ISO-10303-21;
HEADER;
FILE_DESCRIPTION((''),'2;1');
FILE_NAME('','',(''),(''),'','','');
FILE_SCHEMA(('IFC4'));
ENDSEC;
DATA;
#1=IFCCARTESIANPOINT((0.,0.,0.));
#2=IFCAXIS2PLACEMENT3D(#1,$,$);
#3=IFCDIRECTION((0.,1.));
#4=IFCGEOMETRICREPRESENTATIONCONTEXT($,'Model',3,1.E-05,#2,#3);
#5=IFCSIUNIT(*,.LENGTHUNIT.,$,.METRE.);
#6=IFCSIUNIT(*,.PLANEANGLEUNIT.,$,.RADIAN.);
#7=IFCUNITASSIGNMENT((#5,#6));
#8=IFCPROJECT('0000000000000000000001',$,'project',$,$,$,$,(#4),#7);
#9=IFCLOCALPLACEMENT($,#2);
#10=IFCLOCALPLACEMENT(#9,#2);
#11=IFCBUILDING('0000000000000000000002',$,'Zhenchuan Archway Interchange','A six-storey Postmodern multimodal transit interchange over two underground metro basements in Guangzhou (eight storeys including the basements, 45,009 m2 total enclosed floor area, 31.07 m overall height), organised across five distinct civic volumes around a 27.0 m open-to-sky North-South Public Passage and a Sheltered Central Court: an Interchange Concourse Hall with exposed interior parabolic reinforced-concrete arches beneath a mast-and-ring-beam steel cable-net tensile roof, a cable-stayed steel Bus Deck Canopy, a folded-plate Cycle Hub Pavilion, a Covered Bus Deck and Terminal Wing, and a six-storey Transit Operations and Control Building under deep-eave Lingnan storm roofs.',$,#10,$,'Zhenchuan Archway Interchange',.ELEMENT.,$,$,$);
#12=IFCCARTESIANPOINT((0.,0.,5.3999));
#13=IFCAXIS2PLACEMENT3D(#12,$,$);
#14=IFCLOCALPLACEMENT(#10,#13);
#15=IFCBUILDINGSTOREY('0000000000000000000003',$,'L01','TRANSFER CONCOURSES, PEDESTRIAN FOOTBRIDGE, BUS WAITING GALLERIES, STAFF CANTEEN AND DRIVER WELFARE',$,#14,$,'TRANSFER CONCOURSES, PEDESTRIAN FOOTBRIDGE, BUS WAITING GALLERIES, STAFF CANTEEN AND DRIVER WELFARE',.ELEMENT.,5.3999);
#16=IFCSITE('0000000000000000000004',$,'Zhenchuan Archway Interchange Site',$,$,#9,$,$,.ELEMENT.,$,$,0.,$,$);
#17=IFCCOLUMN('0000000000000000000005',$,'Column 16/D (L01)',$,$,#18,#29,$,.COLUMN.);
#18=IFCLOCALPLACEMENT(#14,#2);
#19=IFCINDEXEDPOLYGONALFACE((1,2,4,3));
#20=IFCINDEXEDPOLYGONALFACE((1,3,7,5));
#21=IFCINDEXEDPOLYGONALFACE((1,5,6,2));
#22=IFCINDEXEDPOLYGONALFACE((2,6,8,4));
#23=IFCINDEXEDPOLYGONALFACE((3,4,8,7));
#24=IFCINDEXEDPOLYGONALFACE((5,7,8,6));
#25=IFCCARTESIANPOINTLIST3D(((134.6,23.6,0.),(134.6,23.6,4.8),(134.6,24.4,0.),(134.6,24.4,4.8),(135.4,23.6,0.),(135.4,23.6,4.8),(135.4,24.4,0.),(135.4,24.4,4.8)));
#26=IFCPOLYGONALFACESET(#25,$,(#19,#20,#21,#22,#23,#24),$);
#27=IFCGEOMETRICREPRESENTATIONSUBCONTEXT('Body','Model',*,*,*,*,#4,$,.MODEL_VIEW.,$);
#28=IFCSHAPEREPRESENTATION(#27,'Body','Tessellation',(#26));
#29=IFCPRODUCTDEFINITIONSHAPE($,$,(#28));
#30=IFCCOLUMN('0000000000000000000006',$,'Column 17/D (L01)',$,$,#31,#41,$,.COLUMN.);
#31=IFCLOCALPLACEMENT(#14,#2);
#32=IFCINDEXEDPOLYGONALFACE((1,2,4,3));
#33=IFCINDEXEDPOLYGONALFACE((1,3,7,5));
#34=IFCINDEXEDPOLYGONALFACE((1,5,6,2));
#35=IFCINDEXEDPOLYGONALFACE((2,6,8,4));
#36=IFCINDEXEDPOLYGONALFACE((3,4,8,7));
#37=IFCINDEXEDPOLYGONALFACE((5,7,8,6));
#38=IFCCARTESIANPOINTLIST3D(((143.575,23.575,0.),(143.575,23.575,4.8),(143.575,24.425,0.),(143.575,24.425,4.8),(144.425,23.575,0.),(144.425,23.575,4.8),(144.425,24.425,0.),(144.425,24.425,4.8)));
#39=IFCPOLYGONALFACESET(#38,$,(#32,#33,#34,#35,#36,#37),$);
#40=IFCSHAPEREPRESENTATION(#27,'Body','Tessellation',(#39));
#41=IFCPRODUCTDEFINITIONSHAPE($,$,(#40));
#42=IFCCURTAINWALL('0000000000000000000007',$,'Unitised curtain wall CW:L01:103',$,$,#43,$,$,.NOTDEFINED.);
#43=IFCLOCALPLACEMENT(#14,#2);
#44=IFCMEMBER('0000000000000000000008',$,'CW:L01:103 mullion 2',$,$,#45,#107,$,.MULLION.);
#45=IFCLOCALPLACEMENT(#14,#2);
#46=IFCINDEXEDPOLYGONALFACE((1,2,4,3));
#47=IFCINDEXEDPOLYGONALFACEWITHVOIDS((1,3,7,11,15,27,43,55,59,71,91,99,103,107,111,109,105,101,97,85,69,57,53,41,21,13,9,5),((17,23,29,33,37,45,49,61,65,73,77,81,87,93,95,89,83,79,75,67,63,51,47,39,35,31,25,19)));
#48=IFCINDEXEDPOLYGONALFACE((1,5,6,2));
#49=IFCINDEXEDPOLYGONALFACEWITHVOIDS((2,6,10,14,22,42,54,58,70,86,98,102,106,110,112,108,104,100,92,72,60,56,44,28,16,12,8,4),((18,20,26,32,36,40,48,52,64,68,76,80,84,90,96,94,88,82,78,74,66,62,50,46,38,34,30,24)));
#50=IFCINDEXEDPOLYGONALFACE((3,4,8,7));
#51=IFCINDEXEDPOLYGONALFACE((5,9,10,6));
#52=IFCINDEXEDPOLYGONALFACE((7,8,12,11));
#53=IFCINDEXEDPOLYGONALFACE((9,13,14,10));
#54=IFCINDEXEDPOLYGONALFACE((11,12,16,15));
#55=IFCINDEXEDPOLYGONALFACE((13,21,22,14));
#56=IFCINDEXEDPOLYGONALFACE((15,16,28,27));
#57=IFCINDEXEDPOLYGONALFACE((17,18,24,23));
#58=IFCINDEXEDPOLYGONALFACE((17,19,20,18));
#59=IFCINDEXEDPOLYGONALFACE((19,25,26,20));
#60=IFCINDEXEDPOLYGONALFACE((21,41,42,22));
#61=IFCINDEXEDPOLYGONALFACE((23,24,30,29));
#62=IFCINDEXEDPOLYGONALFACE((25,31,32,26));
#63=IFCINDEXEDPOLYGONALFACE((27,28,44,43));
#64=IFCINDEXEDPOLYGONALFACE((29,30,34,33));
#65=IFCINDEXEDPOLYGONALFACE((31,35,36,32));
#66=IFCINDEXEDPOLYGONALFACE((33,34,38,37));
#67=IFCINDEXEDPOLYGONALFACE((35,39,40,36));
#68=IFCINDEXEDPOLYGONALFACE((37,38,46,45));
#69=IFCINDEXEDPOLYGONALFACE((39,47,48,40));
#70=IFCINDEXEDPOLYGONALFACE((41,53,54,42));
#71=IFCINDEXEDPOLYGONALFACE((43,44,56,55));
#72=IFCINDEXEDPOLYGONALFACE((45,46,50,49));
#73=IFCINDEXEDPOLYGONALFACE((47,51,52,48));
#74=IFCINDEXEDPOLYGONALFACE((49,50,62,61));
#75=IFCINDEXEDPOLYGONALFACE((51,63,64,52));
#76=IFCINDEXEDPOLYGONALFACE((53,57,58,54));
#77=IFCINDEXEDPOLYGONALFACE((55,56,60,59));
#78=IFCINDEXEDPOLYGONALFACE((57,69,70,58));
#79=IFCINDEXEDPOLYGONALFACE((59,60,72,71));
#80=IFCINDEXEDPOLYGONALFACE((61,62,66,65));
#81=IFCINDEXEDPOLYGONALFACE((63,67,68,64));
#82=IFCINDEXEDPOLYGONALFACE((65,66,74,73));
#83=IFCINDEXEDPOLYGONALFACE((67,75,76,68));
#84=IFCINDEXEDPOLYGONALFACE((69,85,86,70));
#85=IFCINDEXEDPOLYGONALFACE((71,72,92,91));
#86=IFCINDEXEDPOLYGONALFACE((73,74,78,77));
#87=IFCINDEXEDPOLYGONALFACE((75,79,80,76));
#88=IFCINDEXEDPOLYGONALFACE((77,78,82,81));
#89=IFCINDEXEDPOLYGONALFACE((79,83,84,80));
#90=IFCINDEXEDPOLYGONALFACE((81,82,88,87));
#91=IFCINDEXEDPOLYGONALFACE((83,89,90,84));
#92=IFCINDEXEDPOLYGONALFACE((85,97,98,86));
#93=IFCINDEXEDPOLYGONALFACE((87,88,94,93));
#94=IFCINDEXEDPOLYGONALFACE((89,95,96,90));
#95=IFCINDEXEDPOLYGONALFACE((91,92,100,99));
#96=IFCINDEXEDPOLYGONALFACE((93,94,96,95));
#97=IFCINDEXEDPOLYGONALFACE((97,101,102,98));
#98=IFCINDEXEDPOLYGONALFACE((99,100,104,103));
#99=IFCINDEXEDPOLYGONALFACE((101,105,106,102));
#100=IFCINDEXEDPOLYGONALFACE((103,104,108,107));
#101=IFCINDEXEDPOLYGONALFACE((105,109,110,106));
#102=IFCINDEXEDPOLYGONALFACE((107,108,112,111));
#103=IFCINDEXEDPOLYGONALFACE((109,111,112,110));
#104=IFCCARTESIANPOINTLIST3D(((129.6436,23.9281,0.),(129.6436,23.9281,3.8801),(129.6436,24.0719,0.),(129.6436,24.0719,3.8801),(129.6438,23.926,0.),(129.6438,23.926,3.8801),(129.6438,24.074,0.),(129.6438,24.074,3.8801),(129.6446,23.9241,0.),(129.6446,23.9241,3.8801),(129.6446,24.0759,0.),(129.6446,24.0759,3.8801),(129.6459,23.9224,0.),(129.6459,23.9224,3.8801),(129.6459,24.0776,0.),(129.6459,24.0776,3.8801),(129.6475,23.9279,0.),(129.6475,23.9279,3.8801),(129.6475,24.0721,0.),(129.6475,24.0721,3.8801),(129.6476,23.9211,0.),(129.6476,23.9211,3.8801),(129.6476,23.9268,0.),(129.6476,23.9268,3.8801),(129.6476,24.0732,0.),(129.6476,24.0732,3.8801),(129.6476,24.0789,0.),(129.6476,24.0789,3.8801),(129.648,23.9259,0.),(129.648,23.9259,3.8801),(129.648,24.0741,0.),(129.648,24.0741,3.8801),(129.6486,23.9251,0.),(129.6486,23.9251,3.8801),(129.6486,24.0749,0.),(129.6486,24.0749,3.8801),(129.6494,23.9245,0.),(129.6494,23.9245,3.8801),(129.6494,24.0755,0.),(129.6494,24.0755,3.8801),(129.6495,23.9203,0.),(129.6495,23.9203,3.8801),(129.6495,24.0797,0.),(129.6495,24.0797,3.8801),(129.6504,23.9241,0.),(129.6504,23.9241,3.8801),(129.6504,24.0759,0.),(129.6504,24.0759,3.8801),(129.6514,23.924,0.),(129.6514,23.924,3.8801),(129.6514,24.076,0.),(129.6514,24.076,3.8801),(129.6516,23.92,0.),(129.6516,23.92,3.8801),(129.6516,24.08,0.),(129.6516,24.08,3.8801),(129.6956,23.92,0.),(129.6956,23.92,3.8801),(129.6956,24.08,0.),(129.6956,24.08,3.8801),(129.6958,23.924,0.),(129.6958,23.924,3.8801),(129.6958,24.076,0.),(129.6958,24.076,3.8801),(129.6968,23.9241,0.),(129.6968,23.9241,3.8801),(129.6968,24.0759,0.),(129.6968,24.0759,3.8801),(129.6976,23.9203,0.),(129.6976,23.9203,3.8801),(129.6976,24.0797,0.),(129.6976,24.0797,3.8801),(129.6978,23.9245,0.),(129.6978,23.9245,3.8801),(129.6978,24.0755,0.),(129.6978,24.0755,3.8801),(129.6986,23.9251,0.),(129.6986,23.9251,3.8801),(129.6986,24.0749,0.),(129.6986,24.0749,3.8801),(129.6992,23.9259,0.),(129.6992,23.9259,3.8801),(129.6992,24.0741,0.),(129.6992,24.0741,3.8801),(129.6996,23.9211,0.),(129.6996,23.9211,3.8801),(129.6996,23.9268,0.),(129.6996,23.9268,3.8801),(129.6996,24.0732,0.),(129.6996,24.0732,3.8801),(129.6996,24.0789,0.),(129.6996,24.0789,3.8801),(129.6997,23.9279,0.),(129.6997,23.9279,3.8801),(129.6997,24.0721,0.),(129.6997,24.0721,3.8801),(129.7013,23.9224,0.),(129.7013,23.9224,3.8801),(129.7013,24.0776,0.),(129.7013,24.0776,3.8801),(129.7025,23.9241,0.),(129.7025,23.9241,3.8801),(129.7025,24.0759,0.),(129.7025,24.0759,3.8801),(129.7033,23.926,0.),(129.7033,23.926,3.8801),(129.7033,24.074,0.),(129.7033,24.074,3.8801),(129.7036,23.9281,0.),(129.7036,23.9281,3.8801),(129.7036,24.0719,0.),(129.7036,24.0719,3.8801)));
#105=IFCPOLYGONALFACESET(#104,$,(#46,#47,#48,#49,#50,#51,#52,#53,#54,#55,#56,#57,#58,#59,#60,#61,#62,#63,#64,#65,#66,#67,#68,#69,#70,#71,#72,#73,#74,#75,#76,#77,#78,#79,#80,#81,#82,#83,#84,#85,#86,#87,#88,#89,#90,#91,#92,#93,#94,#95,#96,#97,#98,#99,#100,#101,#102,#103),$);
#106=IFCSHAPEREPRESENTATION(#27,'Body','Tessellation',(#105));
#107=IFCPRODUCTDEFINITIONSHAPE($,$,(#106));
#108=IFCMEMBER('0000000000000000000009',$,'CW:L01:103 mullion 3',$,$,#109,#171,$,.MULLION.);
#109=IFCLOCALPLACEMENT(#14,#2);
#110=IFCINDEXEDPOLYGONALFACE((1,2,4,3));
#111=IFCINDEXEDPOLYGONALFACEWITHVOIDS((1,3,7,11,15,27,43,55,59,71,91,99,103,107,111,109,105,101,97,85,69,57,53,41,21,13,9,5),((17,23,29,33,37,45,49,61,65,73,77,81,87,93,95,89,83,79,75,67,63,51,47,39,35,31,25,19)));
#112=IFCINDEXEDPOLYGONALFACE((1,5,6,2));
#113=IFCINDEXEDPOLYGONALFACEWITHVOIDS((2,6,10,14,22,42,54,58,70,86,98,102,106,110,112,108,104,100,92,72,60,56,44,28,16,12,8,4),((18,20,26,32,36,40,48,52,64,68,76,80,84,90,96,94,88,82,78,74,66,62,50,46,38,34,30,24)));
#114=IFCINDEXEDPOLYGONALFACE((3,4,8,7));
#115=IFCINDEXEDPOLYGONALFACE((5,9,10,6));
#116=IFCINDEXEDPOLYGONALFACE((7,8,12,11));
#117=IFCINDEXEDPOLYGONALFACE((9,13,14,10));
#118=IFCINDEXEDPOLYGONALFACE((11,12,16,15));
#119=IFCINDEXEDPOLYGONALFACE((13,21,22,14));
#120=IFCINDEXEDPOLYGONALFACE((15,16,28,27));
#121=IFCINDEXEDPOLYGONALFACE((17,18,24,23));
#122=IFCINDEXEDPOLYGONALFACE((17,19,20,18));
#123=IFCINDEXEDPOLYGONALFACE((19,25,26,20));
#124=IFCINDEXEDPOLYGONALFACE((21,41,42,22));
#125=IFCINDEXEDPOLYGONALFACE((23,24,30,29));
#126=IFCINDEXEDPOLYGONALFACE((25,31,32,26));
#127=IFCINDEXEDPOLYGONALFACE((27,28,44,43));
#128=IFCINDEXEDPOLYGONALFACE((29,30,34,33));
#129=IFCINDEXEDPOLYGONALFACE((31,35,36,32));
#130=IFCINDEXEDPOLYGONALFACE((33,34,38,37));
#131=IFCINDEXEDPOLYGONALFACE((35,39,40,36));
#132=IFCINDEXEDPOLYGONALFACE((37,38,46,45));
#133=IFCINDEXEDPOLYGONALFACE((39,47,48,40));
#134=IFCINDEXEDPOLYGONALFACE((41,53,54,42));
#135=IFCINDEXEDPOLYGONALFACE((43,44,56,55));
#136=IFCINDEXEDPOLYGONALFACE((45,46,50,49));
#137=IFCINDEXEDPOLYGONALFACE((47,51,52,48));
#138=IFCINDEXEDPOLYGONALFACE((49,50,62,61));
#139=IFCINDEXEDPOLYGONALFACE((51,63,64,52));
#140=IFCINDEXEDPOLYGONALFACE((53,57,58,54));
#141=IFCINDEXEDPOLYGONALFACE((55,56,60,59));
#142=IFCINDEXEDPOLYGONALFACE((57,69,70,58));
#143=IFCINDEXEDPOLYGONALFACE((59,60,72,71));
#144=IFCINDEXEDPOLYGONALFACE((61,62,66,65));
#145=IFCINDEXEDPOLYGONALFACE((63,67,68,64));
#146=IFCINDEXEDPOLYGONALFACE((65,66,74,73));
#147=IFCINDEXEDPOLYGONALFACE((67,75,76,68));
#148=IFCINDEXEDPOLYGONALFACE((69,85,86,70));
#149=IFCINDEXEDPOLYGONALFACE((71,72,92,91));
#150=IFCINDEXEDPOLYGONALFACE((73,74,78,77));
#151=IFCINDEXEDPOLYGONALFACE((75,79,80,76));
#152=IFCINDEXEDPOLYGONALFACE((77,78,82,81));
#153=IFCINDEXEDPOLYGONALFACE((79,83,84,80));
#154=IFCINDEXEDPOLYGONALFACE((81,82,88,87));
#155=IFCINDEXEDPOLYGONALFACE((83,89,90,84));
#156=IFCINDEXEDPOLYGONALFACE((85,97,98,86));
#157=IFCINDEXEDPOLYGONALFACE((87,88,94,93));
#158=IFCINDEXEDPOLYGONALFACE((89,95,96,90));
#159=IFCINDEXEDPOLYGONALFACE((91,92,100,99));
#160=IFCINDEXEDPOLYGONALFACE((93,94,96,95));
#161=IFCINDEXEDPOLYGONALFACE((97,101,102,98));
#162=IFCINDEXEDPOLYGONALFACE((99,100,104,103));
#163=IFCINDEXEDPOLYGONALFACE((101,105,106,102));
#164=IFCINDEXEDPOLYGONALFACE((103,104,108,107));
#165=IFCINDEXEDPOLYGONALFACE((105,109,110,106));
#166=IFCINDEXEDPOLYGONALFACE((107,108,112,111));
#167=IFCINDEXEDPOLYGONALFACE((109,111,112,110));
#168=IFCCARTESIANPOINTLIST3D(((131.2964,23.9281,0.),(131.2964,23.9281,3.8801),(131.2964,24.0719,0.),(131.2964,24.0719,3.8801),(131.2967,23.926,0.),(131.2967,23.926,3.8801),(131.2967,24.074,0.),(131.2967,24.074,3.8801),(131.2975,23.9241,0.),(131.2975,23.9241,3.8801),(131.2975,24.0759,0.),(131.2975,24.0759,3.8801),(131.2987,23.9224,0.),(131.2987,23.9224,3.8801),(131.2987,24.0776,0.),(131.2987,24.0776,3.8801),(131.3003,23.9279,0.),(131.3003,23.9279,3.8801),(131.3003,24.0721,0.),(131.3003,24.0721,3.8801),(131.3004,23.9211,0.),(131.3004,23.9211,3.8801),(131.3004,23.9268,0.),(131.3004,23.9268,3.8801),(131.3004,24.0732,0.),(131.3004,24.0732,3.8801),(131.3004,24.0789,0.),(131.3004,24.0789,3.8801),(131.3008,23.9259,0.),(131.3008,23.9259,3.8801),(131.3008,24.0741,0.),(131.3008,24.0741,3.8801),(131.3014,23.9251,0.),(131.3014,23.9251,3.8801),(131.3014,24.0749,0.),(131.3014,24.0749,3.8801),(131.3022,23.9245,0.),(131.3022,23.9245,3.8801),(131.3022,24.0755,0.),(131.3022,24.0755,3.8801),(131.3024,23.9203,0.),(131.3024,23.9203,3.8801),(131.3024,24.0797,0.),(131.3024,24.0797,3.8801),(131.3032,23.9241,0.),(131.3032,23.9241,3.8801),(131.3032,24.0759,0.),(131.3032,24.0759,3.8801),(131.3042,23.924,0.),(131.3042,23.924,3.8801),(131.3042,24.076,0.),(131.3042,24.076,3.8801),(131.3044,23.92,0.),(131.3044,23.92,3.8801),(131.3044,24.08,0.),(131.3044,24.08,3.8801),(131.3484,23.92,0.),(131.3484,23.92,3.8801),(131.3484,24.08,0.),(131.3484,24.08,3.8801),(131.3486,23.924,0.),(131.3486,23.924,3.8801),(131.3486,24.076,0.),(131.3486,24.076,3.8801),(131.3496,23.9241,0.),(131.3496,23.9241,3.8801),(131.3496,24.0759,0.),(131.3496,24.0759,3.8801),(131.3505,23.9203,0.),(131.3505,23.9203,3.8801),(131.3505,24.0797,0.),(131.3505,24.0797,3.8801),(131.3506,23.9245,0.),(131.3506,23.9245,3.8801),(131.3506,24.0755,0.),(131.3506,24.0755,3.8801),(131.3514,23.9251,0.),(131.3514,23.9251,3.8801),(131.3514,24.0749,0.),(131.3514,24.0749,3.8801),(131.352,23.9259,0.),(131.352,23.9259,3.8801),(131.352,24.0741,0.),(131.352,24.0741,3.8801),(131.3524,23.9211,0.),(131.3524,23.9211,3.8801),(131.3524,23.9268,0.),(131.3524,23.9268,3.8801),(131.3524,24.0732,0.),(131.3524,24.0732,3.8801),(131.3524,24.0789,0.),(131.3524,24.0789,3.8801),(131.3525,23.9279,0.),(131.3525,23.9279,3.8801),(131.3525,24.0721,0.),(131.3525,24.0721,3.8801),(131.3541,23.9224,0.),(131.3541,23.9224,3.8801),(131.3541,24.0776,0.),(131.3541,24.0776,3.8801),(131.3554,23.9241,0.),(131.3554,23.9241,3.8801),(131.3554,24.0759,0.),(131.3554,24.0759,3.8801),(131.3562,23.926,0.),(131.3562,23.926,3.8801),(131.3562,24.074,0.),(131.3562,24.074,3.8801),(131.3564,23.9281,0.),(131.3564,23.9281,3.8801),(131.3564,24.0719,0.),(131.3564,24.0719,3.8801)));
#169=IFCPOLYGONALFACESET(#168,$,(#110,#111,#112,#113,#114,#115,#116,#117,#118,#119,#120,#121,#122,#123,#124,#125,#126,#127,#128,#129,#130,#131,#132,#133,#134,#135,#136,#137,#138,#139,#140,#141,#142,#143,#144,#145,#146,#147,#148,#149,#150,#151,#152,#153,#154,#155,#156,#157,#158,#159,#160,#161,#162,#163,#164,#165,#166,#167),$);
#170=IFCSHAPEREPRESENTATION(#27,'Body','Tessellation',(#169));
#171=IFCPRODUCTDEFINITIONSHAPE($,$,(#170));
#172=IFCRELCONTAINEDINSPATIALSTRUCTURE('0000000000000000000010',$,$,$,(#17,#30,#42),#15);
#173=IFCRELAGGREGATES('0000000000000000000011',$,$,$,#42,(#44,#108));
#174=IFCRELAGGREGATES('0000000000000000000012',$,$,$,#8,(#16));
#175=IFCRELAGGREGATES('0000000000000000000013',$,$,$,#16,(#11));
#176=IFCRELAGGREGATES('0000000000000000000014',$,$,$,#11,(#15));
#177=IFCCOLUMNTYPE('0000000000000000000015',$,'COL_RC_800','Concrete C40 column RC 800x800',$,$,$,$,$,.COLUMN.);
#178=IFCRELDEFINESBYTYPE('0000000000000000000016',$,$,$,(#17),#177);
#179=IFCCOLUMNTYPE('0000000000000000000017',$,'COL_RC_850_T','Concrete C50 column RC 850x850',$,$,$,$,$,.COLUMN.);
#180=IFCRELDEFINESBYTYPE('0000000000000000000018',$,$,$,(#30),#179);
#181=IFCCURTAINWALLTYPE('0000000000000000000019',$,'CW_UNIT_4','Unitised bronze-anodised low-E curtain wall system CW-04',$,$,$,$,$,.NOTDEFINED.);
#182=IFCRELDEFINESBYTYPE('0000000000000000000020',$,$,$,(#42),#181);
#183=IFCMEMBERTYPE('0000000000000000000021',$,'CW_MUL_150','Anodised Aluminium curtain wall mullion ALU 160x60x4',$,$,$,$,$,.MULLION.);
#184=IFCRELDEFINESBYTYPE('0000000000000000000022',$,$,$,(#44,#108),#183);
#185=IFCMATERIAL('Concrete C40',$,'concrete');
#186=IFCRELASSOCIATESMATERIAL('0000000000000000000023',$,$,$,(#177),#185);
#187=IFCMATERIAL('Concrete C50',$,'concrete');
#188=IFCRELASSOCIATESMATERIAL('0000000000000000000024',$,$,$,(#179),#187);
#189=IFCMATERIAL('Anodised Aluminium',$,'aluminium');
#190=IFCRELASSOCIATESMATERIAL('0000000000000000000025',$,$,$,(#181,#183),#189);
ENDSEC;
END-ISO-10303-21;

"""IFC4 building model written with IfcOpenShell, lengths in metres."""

from ifc_helpers import new_model, si_unit, direction, frame, origin, origin_2d, place, context, subcontext, project, spatial, rectangle, hollow_rectangle, extrude, material, material_profile, profile_set, type_object, element, aggregate, save


model = new_model("IFC4")

# Units and contexts
model_context = context("Model", 3, precision=1e-05, world=origin(), true_north=direction((0.0, 1.0)))
body_context = subcontext(model_context, "Body", "Model", "MODEL_VIEW")
ifc_project = project(units=[si_unit("LENGTHUNIT", "METRE"), si_unit("PLANEANGLEUNIT", "RADIAN")], contexts=[model_context])

# Site, building, storey
site_placement = place(None, origin())
site = spatial("IfcSite", under=ifc_project, at=site_placement, Name="Zhenchuan Archway Interchange Site", CompositionType="ELEMENT", RefElevation=0.0)
building_placement = place(site_placement, origin())
building = spatial("IfcBuilding", under=site, at=building_placement, Name="Zhenchuan Archway Interchange", Description="A six-storey Postmodern multimodal transit interchange over two underground metro basements in Guangzhou (eight storeys including the basements, 45,009 m2 total enclosed floor area, 31.07 m overall height), organised across five distinct civic volumes around a 27.0 m open-to-sky North-South Public Passage and a Sheltered Central Court: an Interchange Concourse Hall with exposed interior parabolic reinforced-concrete arches beneath a mast-and-ring-beam steel cable-net tensile roof, a cable-stayed steel Bus Deck Canopy, a folded-plate Cycle Hub Pavilion, a Covered Bus Deck and Terminal Wing, and a six-storey Transit Operations and Control Building under deep-eave Lingnan storm roofs.", LongName="Zhenchuan Archway Interchange", CompositionType="ELEMENT")
storey_placement = place(building_placement, frame((0.0, 0.0, 5.3999)))
storey = spatial("IfcBuildingStorey", under=building, at=storey_placement, Name="L01", Description="TRANSFER CONCOURSES, PEDESTRIAN FOOTBRIDGE, BUS WAITING GALLERIES, STAFF CANTEEN AND DRIVER WELFARE", LongName="TRANSFER CONCOURSES, PEDESTRIAN FOOTBRIDGE, BUS WAITING GALLERIES, STAFF CANTEEN AND DRIVER WELFARE", CompositionType="ELEMENT", Elevation=5.3999)

# Columns
ifc_material_1 = material(Name="Concrete C40", Category="concrete")
ifc_material_profile_1 = material_profile(ifc_material_1, rectangle(XDim=0.8, YDim=0.8, at=origin_2d()), Name="RC 800x800")
ifc_profile_set_1 = profile_set([ifc_material_profile_1], Name="Concrete C40")
column_type_1 = type_object("IfcColumnType", Name="COL_RC_800", Description="Concrete C40 column RC 800x800", PredefinedType="COLUMN", material=ifc_profile_set_1)
column_1_placement = place(storey_placement, frame((135.0, 24.0, 0.0), z_axis=(0.0, 0.0, 1.0), x_axis=(1.0, 0.0, 0.0)))
element("IfcColumn", 1, at=column_1_placement, inside=storey, type_object=column_type_1, Name="Column 16/D (L01)", PredefinedType="COLUMN", context=body_context, shape_type="SweptSolid", body=[
    extrude(rectangle(XDim=0.8, YDim=0.8, at=origin_2d()), origin(), (0.0, 0.0, 1.0), 4.8),
])
ifc_material_2 = material(Name="Concrete C50", Category="concrete")
ifc_material_profile_2 = material_profile(ifc_material_2, rectangle(XDim=0.8501, YDim=0.8501, at=origin_2d()), Name="RC 850x850")
ifc_profile_set_2 = profile_set([ifc_material_profile_2], Name="Concrete C50")
column_type_2 = type_object("IfcColumnType", Name="COL_RC_850_T", Description="Concrete C50 column RC 850x850", PredefinedType="COLUMN", material=ifc_profile_set_2)
column_2_placement = place(storey_placement, frame((144.0, 24.0, 0.0), z_axis=(0.0, 0.0, 1.0), x_axis=(1.0, 0.0, 0.0)))
element("IfcColumn", 2, at=column_2_placement, inside=storey, type_object=column_type_2, Name="Column 17/D (L01)", PredefinedType="COLUMN", context=body_context, shape_type="SweptSolid", body=[
    extrude(rectangle(XDim=0.8501, YDim=0.8501, at=origin_2d()), origin(), (0.0, 0.0, 1.0), 4.8),
])

# Curtain wall, members
ifc_material_3 = material(Name="Anodised Aluminium", Category="aluminium")
curtain_wall_type_1 = type_object("IfcCurtainWallType", Name="CW_UNIT_4", Description="Unitised bronze-anodised low-E curtain wall system CW-04", PredefinedType="NOTDEFINED", material=ifc_material_3)
curtain_wall_1_placement = place(storey_placement, origin())
curtain_wall_1 = element("IfcCurtainWall", 3, at=curtain_wall_1_placement, inside=storey, type_object=curtain_wall_type_1, Name="Unitised curtain wall CW:L01:103", PredefinedType="NOTDEFINED")
ifc_material_profile_3 = material_profile(ifc_material_3, hollow_rectangle(XDim=0.0601, YDim=0.1599, WallThickness=0.0039, InnerFilletRadius=0.0039, OuterFilletRadius=0.0081, at=origin_2d()), Name="ALU 160x60x4")
ifc_profile_set_3 = profile_set([ifc_material_profile_3], Name="Anodised Aluminium")
member_type_1 = type_object("IfcMemberType", Name="CW_MUL_150", Description="Anodised Aluminium curtain wall mullion ALU 160x60x4", PredefinedType="MULLION", material=ifc_profile_set_3)
member_1_placement = place(storey_placement, frame((129.6736, 24.0, 0.0), z_axis=(0.0, 0.0, 1.0), x_axis=(1.0, 0.0, 0.0)))
member_1 = element("IfcMember", 4, at=member_1_placement, type_object=member_type_1, Name="CW:L01:103 mullion 2", PredefinedType="MULLION", context=body_context, shape_type="SweptSolid", body=[
    extrude(hollow_rectangle(XDim=0.0601, YDim=0.1599, WallThickness=0.0039, InnerFilletRadius=0.0039, OuterFilletRadius=0.0081, at=origin_2d()), origin(), (0.0, 0.0, 1.0), 3.8801),
])
member_2_placement = place(storey_placement, frame((131.3264, 24.0, 0.0), z_axis=(0.0, 0.0, 1.0), x_axis=(1.0, 0.0, 0.0)))
member_2 = element("IfcMember", 5, at=member_2_placement, type_object=member_type_1, Name="CW:L01:103 mullion 3", PredefinedType="MULLION", context=body_context, shape_type="SweptSolid", body=[
    extrude(hollow_rectangle(XDim=0.0601, YDim=0.1599, WallThickness=0.0039, InnerFilletRadius=0.0039, OuterFilletRadius=0.0081, at=origin_2d()), origin(), (0.0, 0.0, 1.0), 3.8801),
])

aggregate(curtain_wall_1, [member_1, member_2])

save(model, "model.ifc")
